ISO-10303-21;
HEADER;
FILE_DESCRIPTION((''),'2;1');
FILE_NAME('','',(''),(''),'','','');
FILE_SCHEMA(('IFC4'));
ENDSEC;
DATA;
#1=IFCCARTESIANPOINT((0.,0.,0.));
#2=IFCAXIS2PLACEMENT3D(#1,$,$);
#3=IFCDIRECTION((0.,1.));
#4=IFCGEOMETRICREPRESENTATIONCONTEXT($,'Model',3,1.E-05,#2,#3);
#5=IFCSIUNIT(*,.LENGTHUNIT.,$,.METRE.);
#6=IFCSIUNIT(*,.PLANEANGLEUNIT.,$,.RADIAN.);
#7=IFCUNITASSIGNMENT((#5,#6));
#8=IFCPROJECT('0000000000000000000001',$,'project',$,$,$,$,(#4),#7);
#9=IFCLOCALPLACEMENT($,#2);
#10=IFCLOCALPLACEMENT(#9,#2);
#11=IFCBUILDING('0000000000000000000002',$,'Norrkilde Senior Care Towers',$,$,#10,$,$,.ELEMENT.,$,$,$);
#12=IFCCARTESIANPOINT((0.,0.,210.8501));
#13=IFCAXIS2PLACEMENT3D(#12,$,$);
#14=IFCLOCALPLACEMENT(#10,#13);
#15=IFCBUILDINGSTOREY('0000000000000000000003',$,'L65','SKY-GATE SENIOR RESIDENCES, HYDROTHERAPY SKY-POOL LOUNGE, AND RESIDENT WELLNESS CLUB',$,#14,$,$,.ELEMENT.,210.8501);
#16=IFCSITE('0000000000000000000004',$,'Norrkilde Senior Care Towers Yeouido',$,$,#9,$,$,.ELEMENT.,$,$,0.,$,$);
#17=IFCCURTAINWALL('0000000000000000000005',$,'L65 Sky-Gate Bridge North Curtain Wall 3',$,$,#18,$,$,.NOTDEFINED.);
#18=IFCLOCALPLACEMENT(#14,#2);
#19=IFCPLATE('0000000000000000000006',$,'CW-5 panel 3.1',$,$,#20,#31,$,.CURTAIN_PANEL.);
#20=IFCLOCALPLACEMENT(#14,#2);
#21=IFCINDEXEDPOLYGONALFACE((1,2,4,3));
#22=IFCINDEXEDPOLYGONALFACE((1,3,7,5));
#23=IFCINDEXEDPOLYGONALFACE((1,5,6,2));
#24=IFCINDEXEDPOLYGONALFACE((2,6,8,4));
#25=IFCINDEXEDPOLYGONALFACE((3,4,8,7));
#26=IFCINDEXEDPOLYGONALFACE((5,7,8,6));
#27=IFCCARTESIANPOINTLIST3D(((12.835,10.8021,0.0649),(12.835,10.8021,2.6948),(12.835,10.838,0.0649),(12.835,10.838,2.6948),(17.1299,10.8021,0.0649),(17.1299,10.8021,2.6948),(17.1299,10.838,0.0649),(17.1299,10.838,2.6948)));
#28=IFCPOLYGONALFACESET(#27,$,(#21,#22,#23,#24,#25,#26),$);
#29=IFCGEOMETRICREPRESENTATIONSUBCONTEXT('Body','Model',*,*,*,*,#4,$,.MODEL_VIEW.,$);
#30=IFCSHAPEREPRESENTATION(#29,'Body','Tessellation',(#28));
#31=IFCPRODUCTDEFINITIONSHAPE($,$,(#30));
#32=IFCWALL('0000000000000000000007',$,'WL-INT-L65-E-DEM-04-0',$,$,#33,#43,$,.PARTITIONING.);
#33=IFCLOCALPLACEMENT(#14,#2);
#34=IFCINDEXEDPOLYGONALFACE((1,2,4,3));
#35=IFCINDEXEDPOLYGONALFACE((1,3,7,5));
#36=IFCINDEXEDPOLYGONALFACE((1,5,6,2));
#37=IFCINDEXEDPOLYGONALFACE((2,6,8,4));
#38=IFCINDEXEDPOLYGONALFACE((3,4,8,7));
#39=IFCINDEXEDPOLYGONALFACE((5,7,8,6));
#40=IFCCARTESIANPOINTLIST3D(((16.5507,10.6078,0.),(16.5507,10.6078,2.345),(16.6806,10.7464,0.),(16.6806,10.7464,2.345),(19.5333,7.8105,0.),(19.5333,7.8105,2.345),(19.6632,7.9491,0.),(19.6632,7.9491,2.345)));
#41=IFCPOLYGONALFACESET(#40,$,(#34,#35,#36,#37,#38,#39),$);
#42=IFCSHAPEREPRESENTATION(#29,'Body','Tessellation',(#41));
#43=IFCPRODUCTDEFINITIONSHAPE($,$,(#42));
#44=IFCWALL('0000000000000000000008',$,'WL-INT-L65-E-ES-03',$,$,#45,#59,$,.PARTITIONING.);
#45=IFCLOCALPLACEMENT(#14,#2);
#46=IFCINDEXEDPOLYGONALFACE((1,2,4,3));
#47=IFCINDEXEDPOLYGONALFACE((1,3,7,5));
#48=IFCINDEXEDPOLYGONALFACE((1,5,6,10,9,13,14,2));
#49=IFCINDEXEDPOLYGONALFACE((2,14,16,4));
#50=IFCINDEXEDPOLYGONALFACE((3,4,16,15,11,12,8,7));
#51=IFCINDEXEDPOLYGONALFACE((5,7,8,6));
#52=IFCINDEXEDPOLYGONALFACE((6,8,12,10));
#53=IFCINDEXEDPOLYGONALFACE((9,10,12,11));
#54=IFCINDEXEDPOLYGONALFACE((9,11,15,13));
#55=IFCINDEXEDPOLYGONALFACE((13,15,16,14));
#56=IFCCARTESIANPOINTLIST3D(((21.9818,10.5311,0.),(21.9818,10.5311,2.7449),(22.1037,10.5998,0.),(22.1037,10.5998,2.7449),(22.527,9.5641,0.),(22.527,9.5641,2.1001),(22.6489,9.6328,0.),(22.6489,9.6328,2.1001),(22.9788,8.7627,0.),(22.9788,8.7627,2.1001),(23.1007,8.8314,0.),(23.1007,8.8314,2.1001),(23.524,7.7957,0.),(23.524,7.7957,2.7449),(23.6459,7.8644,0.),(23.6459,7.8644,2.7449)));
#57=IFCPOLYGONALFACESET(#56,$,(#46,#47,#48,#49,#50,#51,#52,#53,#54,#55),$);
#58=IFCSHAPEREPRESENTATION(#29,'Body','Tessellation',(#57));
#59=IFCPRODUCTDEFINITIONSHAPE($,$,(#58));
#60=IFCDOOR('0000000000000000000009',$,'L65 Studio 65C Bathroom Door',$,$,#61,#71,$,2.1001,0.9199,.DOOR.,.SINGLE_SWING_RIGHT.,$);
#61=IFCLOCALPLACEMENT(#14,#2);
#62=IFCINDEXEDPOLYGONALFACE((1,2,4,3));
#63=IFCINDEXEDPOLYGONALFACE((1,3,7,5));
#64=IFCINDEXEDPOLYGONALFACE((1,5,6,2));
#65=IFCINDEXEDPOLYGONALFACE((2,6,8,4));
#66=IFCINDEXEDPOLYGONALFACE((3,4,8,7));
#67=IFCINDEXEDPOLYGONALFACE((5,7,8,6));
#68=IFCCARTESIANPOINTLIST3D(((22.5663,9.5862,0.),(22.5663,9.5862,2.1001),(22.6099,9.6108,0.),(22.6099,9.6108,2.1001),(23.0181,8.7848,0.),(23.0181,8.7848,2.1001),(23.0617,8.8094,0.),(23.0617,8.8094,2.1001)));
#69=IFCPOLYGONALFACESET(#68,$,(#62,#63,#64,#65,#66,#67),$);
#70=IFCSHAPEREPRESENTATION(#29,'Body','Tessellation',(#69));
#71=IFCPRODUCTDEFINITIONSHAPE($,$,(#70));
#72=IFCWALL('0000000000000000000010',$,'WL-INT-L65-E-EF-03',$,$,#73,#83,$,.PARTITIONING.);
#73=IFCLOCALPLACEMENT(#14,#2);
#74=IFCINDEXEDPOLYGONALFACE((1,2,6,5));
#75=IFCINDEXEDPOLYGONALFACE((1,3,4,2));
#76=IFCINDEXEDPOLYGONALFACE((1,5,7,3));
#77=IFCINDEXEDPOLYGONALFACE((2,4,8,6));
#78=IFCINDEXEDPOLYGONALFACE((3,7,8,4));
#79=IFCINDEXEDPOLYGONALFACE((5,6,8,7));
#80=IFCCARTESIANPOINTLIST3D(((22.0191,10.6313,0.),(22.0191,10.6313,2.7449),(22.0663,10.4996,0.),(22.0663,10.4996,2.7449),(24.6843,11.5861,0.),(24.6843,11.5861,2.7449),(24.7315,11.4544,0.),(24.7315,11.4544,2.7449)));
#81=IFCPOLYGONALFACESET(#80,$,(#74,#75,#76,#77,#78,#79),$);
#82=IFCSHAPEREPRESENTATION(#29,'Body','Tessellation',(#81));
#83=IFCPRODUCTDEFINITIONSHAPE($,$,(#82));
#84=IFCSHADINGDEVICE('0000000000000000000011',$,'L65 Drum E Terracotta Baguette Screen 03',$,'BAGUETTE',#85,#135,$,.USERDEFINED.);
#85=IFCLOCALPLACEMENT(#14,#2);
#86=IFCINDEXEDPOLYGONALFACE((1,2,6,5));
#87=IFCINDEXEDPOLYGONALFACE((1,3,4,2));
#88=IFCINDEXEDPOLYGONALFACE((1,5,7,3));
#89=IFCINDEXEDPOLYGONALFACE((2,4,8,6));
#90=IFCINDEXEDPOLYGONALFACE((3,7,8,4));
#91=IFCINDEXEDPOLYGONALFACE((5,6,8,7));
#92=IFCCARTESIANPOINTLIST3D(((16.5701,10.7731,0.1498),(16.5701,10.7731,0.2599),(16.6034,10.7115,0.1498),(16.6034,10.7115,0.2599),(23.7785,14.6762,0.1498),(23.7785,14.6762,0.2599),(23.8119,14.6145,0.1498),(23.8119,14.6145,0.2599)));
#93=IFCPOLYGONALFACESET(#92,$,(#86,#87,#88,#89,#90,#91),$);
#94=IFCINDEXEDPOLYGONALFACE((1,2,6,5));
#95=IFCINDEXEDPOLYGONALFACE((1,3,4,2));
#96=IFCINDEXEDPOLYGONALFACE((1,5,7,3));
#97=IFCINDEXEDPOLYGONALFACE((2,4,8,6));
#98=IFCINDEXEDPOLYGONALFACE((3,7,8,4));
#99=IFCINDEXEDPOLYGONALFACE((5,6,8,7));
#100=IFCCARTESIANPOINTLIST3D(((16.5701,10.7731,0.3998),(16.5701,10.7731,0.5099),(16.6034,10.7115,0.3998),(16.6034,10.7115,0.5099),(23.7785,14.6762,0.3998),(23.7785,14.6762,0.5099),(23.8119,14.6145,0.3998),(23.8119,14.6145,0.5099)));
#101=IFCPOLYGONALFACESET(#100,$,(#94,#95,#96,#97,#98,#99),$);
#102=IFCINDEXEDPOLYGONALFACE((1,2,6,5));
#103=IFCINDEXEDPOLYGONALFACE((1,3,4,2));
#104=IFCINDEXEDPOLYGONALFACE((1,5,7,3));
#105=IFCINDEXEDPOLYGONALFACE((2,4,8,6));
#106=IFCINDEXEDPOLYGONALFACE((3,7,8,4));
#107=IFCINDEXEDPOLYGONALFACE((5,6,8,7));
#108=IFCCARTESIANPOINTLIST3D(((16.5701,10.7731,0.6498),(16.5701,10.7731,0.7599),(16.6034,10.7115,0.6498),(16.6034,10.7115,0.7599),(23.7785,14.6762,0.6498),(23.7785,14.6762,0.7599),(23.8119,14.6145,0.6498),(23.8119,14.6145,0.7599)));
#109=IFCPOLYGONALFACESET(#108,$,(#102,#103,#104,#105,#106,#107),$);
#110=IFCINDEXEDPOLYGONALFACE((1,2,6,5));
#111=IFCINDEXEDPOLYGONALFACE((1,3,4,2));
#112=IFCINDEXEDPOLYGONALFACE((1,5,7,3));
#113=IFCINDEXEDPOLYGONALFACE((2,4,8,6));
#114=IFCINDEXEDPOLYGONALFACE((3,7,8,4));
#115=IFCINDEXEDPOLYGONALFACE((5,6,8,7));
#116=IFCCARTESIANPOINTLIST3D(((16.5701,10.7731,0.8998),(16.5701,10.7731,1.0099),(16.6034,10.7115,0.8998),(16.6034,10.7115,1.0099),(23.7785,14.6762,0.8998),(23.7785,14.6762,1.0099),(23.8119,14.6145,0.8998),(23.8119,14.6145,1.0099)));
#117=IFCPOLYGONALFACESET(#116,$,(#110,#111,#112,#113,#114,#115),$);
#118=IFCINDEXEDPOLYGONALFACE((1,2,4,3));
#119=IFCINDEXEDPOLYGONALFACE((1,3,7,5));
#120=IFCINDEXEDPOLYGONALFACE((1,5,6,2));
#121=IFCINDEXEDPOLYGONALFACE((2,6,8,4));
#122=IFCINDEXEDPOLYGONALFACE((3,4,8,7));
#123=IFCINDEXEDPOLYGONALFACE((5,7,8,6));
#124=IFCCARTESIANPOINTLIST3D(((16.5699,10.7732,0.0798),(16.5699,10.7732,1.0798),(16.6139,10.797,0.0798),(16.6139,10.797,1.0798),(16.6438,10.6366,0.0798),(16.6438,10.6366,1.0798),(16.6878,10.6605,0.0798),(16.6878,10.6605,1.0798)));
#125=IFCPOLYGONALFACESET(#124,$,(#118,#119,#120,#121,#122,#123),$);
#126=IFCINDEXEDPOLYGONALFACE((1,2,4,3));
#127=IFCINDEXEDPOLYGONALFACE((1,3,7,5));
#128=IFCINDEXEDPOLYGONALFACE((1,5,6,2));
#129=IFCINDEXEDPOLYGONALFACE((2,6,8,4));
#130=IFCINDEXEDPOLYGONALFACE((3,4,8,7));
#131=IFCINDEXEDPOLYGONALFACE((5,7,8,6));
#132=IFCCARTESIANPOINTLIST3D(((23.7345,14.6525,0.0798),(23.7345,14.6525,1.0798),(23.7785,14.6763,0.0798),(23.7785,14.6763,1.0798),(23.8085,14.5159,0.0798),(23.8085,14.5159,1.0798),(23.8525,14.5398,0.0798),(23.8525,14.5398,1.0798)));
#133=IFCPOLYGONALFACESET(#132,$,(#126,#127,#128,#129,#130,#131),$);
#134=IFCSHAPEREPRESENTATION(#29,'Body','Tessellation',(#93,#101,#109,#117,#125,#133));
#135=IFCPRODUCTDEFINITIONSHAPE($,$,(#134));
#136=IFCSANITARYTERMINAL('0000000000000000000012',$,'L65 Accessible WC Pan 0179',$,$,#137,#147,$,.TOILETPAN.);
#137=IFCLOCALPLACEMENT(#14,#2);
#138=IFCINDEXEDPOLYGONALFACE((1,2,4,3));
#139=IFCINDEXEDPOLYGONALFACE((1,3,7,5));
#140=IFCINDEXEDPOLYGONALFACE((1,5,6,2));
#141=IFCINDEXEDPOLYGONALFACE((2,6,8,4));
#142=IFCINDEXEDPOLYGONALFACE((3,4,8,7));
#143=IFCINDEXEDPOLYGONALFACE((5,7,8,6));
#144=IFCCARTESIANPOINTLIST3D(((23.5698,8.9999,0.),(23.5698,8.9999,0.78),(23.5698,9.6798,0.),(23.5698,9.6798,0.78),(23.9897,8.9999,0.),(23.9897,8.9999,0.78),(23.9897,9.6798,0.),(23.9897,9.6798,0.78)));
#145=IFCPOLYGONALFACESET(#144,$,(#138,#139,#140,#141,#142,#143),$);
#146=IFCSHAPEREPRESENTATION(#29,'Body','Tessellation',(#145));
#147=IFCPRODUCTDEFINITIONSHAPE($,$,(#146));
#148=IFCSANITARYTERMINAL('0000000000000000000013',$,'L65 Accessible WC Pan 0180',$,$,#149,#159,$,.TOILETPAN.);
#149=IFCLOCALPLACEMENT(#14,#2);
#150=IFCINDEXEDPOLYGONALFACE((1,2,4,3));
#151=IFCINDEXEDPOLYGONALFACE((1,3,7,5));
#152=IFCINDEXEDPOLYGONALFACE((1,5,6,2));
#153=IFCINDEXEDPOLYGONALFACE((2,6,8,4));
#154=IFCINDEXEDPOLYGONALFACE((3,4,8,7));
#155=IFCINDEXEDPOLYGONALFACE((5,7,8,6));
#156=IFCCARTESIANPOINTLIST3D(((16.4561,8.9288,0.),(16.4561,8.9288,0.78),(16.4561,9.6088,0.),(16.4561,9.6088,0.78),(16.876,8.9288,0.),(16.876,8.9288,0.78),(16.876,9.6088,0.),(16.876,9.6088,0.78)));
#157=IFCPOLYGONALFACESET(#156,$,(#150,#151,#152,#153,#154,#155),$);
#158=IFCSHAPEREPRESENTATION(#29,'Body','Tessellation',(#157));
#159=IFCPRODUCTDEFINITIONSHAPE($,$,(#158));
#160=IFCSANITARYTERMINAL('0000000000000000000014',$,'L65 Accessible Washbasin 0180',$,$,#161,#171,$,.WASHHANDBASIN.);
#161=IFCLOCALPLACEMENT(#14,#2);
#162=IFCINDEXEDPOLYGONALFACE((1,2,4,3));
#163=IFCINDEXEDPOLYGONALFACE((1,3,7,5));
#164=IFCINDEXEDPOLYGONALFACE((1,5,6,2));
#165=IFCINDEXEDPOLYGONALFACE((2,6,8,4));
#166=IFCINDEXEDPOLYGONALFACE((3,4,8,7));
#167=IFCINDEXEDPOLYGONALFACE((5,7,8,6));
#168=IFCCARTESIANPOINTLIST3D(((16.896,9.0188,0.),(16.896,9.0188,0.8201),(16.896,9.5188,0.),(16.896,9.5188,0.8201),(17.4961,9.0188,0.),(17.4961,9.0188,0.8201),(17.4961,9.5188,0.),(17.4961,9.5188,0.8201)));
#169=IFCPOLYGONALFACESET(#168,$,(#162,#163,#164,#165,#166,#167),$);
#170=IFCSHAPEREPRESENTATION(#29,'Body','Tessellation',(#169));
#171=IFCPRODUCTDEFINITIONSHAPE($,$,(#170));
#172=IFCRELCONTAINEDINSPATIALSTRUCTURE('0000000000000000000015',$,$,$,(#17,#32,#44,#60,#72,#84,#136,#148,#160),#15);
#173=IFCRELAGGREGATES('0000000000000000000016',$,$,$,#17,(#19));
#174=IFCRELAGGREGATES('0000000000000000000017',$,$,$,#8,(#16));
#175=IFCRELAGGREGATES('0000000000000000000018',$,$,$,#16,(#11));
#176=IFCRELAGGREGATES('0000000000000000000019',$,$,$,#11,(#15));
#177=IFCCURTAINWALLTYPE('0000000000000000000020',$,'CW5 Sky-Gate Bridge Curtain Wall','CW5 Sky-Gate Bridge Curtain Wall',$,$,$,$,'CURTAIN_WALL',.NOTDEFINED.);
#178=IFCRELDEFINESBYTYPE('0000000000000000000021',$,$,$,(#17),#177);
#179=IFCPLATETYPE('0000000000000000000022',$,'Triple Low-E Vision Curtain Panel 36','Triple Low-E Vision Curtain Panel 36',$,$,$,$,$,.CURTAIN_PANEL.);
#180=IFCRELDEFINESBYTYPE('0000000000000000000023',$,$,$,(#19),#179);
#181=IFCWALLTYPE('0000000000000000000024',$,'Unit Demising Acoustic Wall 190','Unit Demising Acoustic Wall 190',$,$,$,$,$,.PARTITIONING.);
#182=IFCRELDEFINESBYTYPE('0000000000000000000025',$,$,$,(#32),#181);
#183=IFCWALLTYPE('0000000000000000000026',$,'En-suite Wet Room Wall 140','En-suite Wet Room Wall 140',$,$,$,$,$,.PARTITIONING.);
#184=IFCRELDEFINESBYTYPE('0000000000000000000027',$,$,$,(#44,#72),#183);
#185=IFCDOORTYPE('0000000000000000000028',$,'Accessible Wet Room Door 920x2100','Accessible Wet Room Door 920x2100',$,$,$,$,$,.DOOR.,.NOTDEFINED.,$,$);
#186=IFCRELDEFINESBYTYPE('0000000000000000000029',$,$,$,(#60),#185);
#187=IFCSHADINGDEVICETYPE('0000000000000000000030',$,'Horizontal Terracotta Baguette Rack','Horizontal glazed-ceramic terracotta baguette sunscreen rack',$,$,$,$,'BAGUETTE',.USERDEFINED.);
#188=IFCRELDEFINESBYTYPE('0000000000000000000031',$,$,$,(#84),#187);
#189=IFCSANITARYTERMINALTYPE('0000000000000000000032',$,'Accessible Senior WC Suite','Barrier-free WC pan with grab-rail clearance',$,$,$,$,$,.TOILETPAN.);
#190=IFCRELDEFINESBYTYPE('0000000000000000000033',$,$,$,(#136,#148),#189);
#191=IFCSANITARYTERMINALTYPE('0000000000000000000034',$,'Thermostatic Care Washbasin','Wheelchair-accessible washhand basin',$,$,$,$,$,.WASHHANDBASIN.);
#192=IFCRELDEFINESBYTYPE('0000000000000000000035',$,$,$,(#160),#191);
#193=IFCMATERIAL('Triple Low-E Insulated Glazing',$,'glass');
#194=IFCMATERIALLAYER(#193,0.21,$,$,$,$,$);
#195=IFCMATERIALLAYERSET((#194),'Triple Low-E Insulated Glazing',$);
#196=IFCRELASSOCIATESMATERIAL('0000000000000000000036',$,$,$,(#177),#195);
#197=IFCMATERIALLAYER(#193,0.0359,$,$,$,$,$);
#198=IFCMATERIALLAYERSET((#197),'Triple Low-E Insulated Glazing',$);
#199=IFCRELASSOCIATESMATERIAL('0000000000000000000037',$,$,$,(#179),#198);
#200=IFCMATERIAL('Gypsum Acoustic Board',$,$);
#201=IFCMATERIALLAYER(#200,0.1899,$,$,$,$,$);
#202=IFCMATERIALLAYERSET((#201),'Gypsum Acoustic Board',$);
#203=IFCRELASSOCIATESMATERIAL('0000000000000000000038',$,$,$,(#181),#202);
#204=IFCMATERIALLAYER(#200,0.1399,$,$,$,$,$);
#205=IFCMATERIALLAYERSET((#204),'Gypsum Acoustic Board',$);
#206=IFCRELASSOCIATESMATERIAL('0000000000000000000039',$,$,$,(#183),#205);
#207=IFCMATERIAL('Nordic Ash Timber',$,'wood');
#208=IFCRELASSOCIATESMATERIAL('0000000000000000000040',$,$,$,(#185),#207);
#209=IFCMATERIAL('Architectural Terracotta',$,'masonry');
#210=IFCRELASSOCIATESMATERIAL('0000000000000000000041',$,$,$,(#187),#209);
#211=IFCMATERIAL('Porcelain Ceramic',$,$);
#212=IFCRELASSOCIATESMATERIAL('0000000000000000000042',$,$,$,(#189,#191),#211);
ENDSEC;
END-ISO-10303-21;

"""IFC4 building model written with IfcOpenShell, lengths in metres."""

from ifc_helpers import new_model, si_unit, direction, frame, frame_2d, origin, origin_2d, place, context, subcontext, project, spatial, rectangle, extrude, source, transform, mapped, material, layer, layer_set, type_object, type_shapes, element, fill, aggregate, save


model = new_model("IFC4")

# Units and contexts
model_context = context("Model", 3, precision=1e-05, world=origin(), true_north=direction((0.0, 1.0)))
body_context = subcontext(model_context, "Body", "Model", "MODEL_VIEW")
ifc_project = project(units=[si_unit("LENGTHUNIT", "METRE"), si_unit("PLANEANGLEUNIT", "RADIAN")], contexts=[model_context])

# Site, building, storey
site_placement = place(None, origin())
site = spatial("IfcSite", under=ifc_project, at=site_placement, Name="Norrkilde Senior Care Towers Yeouido", CompositionType="ELEMENT", RefElevation=0.0)
building_placement = place(site_placement, origin())
building = spatial("IfcBuilding", under=site, at=building_placement, Name="Norrkilde Senior Care Towers", CompositionType="ELEMENT")
storey_placement = place(building_placement, frame((0.0, 0.0, 210.8501)))
storey = spatial("IfcBuildingStorey", under=building, at=storey_placement, Name="L65", Description="SKY-GATE SENIOR RESIDENCES, HYDROTHERAPY SKY-POOL LOUNGE, AND RESIDENT WELLNESS CLUB", CompositionType="ELEMENT", Elevation=210.8501)

# Shared definitions
ifc_material_1 = material(Name="Triple Low-E Insulated Glazing", Category="glass")

# Curtain wall
ifc_layer_1 = layer(ifc_material_1, 0.21)
ifc_layer_set_1 = layer_set([ifc_layer_1], Name="Triple Low-E Insulated Glazing")
curtain_wall_type_1 = type_object("IfcCurtainWallType", Name="CW5 Sky-Gate Bridge Curtain Wall", Description="CW5 Sky-Gate Bridge Curtain Wall", ElementType="CURTAIN_WALL", PredefinedType="NOTDEFINED", material=ifc_layer_set_1)
curtain_wall_1_placement = place(storey_placement, origin())
curtain_wall_1 = element("IfcCurtainWall", 1, at=curtain_wall_1_placement, inside=storey, type_object=curtain_wall_type_1, Name="L65 Sky-Gate Bridge North Curtain Wall 3", PredefinedType="NOTDEFINED")

# Plate
ifc_layer_2 = layer(ifc_material_1, 0.0359)
ifc_layer_set_2 = layer_set([ifc_layer_2], Name="Triple Low-E Insulated Glazing")
plate_type = type_object("IfcPlateType", Name="Triple Low-E Vision Curtain Panel 36", Description="Triple Low-E Vision Curtain Panel 36", PredefinedType="CURTAIN_PANEL", material=ifc_layer_set_2)
shared_shape_1 = source(origin(), body_context, "Body", "SweptSolid", [
    extrude(rectangle(XDim=4.2949, YDim=0.0359, at=origin_2d()), origin(), (0.0, 0.0, 1.0), 2.6299),
])
plate_1_placement = place(storey_placement, frame((14.9824, 10.8201, 0.0649), z_axis=(0.0, 0.0, 1.0), x_axis=(1.0, 0.0, 0.0)))
plate_1 = element("IfcPlate", 2, at=plate_1_placement, type_object=plate_type, Name="CW-5 panel 3.1", PredefinedType="CURTAIN_PANEL", context=body_context, shape_type="MappedRepresentation", body=[
    mapped(shared_shape_1, transform((0.0, 0.0, 0.0), x_axis=(1.0, 0.0, 0.0), y_axis=(0.0, 1.0, 0.0), z_axis=(0.0, 0.0, 1.0), scale=1.0)),
])
aggregate(curtain_wall_1, [plate_1])

# Wall
ifc_material_2 = material(Name="Gypsum Acoustic Board")
ifc_layer_3 = layer(ifc_material_2, 0.1899)
ifc_layer_set_3 = layer_set([ifc_layer_3], Name="Gypsum Acoustic Board")
wall_type_1 = type_object("IfcWallType", Name="Unit Demising Acoustic Wall 190", Description="Unit Demising Acoustic Wall 190", PredefinedType="PARTITIONING", material=ifc_layer_set_3)
shared_shape_2 = source(origin(), body_context, "Body", "SweptSolid", [
    extrude(rectangle(XDim=4.0891, YDim=0.1899, at=frame_2d((2.0444, 0.0))), origin(), (0.0, 0.0, 1.0), 2.345),
])
type_shapes(wall_type_1, [shared_shape_2])
wall_1_placement = place(storey_placement, frame((19.5981, 7.8799, 0.0), z_axis=(0.0, 0.0, 1.0), x_axis=(-0.729401, 0.684086, 0.0)))
element("IfcWall", 3, at=wall_1_placement, inside=storey, type_object=wall_type_1, Name="WL-INT-L65-E-DEM-04-0", PredefinedType="PARTITIONING", context=body_context, shape_type="MappedRepresentation", body=[
    mapped(shared_shape_2, transform((0.0, 0.0, 0.0), x_axis=(1.0, 0.0, 0.0), y_axis=(0.0, 1.0, 0.0), z_axis=(0.0, 0.0, 1.0), scale=1.0)),
])

# Wall, opening, door
ifc_layer_4 = layer(ifc_material_2, 0.1399)
ifc_layer_set_4 = layer_set([ifc_layer_4], Name="Gypsum Acoustic Board")
wall_type_2 = type_object("IfcWallType", Name="En-suite Wet Room Wall 140", Description="En-suite Wet Room Wall 140", PredefinedType="PARTITIONING", material=ifc_layer_set_4)
shared_shape_3 = source(origin(), body_context, "Body", "SweptSolid", [
    extrude(rectangle(XDim=3.1401, YDim=0.1399, at=frame_2d((1.5701, 0.0))), origin(), (0.0, 0.0, 1.0), 2.7449),
])
wall_2_placement = place(storey_placement, frame((23.585, 7.8301, 0.0), z_axis=(0.0, 0.0, 1.0), x_axis=(-0.491132, 0.871085, 0.0)))
wall_2 = element("IfcWall", 4, at=wall_2_placement, inside=storey, type_object=wall_type_2, Name="WL-INT-L65-E-ES-03", PredefinedType="PARTITIONING", context=body_context, shape_type="MappedRepresentation", body=[
    mapped(shared_shape_3, transform((0.0, 0.0, 0.0), x_axis=(1.0, 0.0, 0.0), y_axis=(0.0, 1.0, 0.0), z_axis=(0.0, 0.0, 1.0), scale=1.0)),
])
opening_placement = place(wall_2_placement, frame((1.1101, 0.0, 0.0)))
opening = element("IfcOpeningElement", 5, at=opening_placement, cuts=wall_2, PredefinedType="OPENING", context=body_context, shape_type="SweptSolid", body=[
    extrude(rectangle(XDim=0.9199, YDim=2.1001, at=frame_2d((0.46, 1.05))), frame((0.0, 0.0798, 0.0), z_axis=(0.0, -1.0, 0.0), x_axis=(1.0, 0.0, 0.0)), (0.0, 0.0, 1.0), 0.1599),
])
ifc_material_3 = material(Name="Nordic Ash Timber", Category="wood")
door_type = type_object("IfcDoorType", Name="Accessible Wet Room Door 920x2100", Description="Accessible Wet Room Door 920x2100", OperationType="NOTDEFINED", PredefinedType="DOOR", material=ifc_material_3)
shared_shape_4 = source(origin(), body_context, "Body", "SweptSolid", [
    extrude(rectangle(XDim=0.9199, YDim=2.1001, at=frame_2d((0.46, 1.05))), frame((0.0, 0.0249, 0.0), z_axis=(0.0, -1.0, 0.0), x_axis=(1.0, 0.0, 0.0)), (0.0, 0.0, 1.0), 0.05),
])
type_shapes(door_type, [shared_shape_4])
door_placement = place(opening_placement, origin())
door = element("IfcDoor", 6, at=door_placement, inside=storey, type_object=door_type, Name="L65 Studio 65C Bathroom Door", OperationType="SINGLE_SWING_RIGHT", OverallHeight=2.1001, OverallWidth=0.9199, PredefinedType="DOOR", context=body_context, shape_type="MappedRepresentation", body=[
    mapped(shared_shape_4, transform((0.0, 0.0, 0.0), x_axis=(1.0, 0.0, 0.0), y_axis=(0.0, 1.0, 0.0), z_axis=(0.0, 0.0, 1.0), scale=1.0)),
])
fill(opening, door)

# Wall
shared_shape_5 = source(origin(), body_context, "Body", "SweptSolid", [
    extrude(rectangle(XDim=2.8311, YDim=0.1399, at=frame_2d((1.4155, 0.0))), origin(), (0.0, 0.0, 1.0), 2.7449),
])
type_shapes(wall_type_2, [shared_shape_3, shared_shape_5])
wall_3_placement = place(storey_placement, frame((22.0427, 10.5654, 0.0), z_axis=(0.0, 0.0, 1.0), x_axis=(0.941412, 0.337259, 0.0)))
element("IfcWall", 7, at=wall_3_placement, inside=storey, type_object=wall_type_2, Name="WL-INT-L65-E-EF-03", PredefinedType="PARTITIONING", context=body_context, shape_type="MappedRepresentation", body=[
    mapped(shared_shape_5, transform((0.0, 0.0, 0.0), x_axis=(1.0, 0.0, 0.0), y_axis=(0.0, 1.0, 0.0), z_axis=(0.0, 0.0, 1.0), scale=1.0)),
])

# Shading device
ifc_material_4 = material(Name="Architectural Terracotta", Category="masonry")
shading_device_type = type_object("IfcShadingDeviceType", Name="Horizontal Terracotta Baguette Rack", Description="Horizontal glazed-ceramic terracotta baguette sunscreen rack", ElementType="BAGUETTE", PredefinedType="USERDEFINED", material=ifc_material_4)
shared_shape_6 = source(origin(), body_context, "Body", "SweptSolid", [
    extrude(rectangle(XDim=0.0701, YDim=0.1101, at=origin_2d()), frame((0.0, 0.0901, 0.125), z_axis=(1.0, 0.0, 0.0), x_axis=(0.0, 1.0, 0.0)), (0.0, 0.0, 1.0), 8.1973),
    extrude(rectangle(XDim=0.0701, YDim=0.1101, at=origin_2d()), frame((0.0, 0.0901, 0.375), z_axis=(1.0, 0.0, 0.0), x_axis=(0.0, 1.0, 0.0)), (0.0, 0.0, 1.0), 8.1973),
    extrude(rectangle(XDim=0.0701, YDim=0.1101, at=origin_2d()), frame((0.0, 0.0901, 0.625), z_axis=(1.0, 0.0, 0.0), x_axis=(0.0, 1.0, 0.0)), (0.0, 0.0, 1.0), 8.1973),
    extrude(rectangle(XDim=0.0701, YDim=0.1101, at=origin_2d()), frame((0.0, 0.0901, 0.875), z_axis=(1.0, 0.0, 0.0), x_axis=(0.0, 1.0, 0.0)), (0.0, 0.0, 1.0), 8.1973),
    extrude(rectangle(XDim=0.05, YDim=0.1553, at=origin_2d()), frame((0.0249, 0.0476, 0.0)), (0.0, 0.0, 1.0), 1.0),
    extrude(rectangle(XDim=0.05, YDim=0.1553, at=origin_2d()), frame((8.1724, 0.0476, 0.0)), (0.0, 0.0, 1.0), 1.0),
])
type_shapes(shading_device_type, [shared_shape_6])
shading_device_placement = place(storey_placement, frame((16.6296, 10.6631, 0.0798), z_axis=(0.0, 0.0, 1.0), x_axis=(0.879378, 0.476144, 0.0)))
element("IfcShadingDevice", 8, at=shading_device_placement, inside=storey, type_object=shading_device_type, Name="L65 Drum E Terracotta Baguette Screen 03", ObjectType="BAGUETTE", PredefinedType="USERDEFINED", context=body_context, shape_type="MappedRepresentation", body=[
    mapped(shared_shape_6, transform((0.0, 0.0, 0.0), x_axis=(1.0, 0.0, 0.0), y_axis=(0.0, 1.0, 0.0), z_axis=(0.0, 0.0, 1.0), scale=1.0)),
])

# Sanitary terminals
ifc_material_5 = material(Name="Porcelain Ceramic")
sanitary_terminal_type_1 = type_object("IfcSanitaryTerminalType", Name="Accessible Senior WC Suite", Description="Barrier-free WC pan with grab-rail clearance", PredefinedType="TOILETPAN", material=ifc_material_5)
shared_shape_7 = source(origin(), body_context, "Body", "SweptSolid", [
    extrude(rectangle(XDim=0.4199, YDim=0.6799, at=origin_2d()), origin(), (0.0, 0.0, 1.0), 0.78),
])
type_shapes(sanitary_terminal_type_1, [shared_shape_7])
for number, where, z_axis, x_axis, name in (
    (9, (23.7798, 9.3398, 0.0), (0.0, 0.0, 1.0), (1.0, 0.0, 0.0), "L65 Accessible WC Pan 0179"),
    (10, (16.666, 9.2688, 0.0), (0.0, 0.0, 1.0), (1.0, 0.0, 0.0), "L65 Accessible WC Pan 0180"),
):
    element("IfcSanitaryTerminal", number, at=place(storey_placement, frame(where, z_axis=z_axis, x_axis=x_axis)), inside=storey, type_object=sanitary_terminal_type_1, Name=name, PredefinedType="TOILETPAN", context=body_context, shape_type="MappedRepresentation", body=[
        mapped(shared_shape_7, transform((0.0, 0.0, 0.0), x_axis=(1.0, 0.0, 0.0), y_axis=(0.0, 1.0, 0.0), z_axis=(0.0, 0.0, 1.0), scale=1.0)),
    ])
sanitary_terminal_type_2 = type_object("IfcSanitaryTerminalType", Name="Thermostatic Care Washbasin", Description="Wheelchair-accessible washhand basin", PredefinedType="WASHHANDBASIN", material=ifc_material_5)
shared_shape_8 = source(origin(), body_context, "Body", "SweptSolid", [
    extrude(rectangle(XDim=0.6001, YDim=0.5, at=origin_2d()), origin(), (0.0, 0.0, 1.0), 0.8201),
])
type_shapes(sanitary_terminal_type_2, [shared_shape_8])
sanitary_terminal_placement = place(storey_placement, frame((17.196, 9.2688, 0.0), z_axis=(0.0, 0.0, 1.0), x_axis=(1.0, 0.0, 0.0)))
element("IfcSanitaryTerminal", 11, at=sanitary_terminal_placement, inside=storey, type_object=sanitary_terminal_type_2, Name="L65 Accessible Washbasin 0180", PredefinedType="WASHHANDBASIN", context=body_context, shape_type="MappedRepresentation", body=[
    mapped(shared_shape_8, transform((0.0, 0.0, 0.0), x_axis=(1.0, 0.0, 0.0), y_axis=(0.0, 1.0, 0.0), z_axis=(0.0, 0.0, 1.0), scale=1.0)),
])

save(model, "model.ifc")
